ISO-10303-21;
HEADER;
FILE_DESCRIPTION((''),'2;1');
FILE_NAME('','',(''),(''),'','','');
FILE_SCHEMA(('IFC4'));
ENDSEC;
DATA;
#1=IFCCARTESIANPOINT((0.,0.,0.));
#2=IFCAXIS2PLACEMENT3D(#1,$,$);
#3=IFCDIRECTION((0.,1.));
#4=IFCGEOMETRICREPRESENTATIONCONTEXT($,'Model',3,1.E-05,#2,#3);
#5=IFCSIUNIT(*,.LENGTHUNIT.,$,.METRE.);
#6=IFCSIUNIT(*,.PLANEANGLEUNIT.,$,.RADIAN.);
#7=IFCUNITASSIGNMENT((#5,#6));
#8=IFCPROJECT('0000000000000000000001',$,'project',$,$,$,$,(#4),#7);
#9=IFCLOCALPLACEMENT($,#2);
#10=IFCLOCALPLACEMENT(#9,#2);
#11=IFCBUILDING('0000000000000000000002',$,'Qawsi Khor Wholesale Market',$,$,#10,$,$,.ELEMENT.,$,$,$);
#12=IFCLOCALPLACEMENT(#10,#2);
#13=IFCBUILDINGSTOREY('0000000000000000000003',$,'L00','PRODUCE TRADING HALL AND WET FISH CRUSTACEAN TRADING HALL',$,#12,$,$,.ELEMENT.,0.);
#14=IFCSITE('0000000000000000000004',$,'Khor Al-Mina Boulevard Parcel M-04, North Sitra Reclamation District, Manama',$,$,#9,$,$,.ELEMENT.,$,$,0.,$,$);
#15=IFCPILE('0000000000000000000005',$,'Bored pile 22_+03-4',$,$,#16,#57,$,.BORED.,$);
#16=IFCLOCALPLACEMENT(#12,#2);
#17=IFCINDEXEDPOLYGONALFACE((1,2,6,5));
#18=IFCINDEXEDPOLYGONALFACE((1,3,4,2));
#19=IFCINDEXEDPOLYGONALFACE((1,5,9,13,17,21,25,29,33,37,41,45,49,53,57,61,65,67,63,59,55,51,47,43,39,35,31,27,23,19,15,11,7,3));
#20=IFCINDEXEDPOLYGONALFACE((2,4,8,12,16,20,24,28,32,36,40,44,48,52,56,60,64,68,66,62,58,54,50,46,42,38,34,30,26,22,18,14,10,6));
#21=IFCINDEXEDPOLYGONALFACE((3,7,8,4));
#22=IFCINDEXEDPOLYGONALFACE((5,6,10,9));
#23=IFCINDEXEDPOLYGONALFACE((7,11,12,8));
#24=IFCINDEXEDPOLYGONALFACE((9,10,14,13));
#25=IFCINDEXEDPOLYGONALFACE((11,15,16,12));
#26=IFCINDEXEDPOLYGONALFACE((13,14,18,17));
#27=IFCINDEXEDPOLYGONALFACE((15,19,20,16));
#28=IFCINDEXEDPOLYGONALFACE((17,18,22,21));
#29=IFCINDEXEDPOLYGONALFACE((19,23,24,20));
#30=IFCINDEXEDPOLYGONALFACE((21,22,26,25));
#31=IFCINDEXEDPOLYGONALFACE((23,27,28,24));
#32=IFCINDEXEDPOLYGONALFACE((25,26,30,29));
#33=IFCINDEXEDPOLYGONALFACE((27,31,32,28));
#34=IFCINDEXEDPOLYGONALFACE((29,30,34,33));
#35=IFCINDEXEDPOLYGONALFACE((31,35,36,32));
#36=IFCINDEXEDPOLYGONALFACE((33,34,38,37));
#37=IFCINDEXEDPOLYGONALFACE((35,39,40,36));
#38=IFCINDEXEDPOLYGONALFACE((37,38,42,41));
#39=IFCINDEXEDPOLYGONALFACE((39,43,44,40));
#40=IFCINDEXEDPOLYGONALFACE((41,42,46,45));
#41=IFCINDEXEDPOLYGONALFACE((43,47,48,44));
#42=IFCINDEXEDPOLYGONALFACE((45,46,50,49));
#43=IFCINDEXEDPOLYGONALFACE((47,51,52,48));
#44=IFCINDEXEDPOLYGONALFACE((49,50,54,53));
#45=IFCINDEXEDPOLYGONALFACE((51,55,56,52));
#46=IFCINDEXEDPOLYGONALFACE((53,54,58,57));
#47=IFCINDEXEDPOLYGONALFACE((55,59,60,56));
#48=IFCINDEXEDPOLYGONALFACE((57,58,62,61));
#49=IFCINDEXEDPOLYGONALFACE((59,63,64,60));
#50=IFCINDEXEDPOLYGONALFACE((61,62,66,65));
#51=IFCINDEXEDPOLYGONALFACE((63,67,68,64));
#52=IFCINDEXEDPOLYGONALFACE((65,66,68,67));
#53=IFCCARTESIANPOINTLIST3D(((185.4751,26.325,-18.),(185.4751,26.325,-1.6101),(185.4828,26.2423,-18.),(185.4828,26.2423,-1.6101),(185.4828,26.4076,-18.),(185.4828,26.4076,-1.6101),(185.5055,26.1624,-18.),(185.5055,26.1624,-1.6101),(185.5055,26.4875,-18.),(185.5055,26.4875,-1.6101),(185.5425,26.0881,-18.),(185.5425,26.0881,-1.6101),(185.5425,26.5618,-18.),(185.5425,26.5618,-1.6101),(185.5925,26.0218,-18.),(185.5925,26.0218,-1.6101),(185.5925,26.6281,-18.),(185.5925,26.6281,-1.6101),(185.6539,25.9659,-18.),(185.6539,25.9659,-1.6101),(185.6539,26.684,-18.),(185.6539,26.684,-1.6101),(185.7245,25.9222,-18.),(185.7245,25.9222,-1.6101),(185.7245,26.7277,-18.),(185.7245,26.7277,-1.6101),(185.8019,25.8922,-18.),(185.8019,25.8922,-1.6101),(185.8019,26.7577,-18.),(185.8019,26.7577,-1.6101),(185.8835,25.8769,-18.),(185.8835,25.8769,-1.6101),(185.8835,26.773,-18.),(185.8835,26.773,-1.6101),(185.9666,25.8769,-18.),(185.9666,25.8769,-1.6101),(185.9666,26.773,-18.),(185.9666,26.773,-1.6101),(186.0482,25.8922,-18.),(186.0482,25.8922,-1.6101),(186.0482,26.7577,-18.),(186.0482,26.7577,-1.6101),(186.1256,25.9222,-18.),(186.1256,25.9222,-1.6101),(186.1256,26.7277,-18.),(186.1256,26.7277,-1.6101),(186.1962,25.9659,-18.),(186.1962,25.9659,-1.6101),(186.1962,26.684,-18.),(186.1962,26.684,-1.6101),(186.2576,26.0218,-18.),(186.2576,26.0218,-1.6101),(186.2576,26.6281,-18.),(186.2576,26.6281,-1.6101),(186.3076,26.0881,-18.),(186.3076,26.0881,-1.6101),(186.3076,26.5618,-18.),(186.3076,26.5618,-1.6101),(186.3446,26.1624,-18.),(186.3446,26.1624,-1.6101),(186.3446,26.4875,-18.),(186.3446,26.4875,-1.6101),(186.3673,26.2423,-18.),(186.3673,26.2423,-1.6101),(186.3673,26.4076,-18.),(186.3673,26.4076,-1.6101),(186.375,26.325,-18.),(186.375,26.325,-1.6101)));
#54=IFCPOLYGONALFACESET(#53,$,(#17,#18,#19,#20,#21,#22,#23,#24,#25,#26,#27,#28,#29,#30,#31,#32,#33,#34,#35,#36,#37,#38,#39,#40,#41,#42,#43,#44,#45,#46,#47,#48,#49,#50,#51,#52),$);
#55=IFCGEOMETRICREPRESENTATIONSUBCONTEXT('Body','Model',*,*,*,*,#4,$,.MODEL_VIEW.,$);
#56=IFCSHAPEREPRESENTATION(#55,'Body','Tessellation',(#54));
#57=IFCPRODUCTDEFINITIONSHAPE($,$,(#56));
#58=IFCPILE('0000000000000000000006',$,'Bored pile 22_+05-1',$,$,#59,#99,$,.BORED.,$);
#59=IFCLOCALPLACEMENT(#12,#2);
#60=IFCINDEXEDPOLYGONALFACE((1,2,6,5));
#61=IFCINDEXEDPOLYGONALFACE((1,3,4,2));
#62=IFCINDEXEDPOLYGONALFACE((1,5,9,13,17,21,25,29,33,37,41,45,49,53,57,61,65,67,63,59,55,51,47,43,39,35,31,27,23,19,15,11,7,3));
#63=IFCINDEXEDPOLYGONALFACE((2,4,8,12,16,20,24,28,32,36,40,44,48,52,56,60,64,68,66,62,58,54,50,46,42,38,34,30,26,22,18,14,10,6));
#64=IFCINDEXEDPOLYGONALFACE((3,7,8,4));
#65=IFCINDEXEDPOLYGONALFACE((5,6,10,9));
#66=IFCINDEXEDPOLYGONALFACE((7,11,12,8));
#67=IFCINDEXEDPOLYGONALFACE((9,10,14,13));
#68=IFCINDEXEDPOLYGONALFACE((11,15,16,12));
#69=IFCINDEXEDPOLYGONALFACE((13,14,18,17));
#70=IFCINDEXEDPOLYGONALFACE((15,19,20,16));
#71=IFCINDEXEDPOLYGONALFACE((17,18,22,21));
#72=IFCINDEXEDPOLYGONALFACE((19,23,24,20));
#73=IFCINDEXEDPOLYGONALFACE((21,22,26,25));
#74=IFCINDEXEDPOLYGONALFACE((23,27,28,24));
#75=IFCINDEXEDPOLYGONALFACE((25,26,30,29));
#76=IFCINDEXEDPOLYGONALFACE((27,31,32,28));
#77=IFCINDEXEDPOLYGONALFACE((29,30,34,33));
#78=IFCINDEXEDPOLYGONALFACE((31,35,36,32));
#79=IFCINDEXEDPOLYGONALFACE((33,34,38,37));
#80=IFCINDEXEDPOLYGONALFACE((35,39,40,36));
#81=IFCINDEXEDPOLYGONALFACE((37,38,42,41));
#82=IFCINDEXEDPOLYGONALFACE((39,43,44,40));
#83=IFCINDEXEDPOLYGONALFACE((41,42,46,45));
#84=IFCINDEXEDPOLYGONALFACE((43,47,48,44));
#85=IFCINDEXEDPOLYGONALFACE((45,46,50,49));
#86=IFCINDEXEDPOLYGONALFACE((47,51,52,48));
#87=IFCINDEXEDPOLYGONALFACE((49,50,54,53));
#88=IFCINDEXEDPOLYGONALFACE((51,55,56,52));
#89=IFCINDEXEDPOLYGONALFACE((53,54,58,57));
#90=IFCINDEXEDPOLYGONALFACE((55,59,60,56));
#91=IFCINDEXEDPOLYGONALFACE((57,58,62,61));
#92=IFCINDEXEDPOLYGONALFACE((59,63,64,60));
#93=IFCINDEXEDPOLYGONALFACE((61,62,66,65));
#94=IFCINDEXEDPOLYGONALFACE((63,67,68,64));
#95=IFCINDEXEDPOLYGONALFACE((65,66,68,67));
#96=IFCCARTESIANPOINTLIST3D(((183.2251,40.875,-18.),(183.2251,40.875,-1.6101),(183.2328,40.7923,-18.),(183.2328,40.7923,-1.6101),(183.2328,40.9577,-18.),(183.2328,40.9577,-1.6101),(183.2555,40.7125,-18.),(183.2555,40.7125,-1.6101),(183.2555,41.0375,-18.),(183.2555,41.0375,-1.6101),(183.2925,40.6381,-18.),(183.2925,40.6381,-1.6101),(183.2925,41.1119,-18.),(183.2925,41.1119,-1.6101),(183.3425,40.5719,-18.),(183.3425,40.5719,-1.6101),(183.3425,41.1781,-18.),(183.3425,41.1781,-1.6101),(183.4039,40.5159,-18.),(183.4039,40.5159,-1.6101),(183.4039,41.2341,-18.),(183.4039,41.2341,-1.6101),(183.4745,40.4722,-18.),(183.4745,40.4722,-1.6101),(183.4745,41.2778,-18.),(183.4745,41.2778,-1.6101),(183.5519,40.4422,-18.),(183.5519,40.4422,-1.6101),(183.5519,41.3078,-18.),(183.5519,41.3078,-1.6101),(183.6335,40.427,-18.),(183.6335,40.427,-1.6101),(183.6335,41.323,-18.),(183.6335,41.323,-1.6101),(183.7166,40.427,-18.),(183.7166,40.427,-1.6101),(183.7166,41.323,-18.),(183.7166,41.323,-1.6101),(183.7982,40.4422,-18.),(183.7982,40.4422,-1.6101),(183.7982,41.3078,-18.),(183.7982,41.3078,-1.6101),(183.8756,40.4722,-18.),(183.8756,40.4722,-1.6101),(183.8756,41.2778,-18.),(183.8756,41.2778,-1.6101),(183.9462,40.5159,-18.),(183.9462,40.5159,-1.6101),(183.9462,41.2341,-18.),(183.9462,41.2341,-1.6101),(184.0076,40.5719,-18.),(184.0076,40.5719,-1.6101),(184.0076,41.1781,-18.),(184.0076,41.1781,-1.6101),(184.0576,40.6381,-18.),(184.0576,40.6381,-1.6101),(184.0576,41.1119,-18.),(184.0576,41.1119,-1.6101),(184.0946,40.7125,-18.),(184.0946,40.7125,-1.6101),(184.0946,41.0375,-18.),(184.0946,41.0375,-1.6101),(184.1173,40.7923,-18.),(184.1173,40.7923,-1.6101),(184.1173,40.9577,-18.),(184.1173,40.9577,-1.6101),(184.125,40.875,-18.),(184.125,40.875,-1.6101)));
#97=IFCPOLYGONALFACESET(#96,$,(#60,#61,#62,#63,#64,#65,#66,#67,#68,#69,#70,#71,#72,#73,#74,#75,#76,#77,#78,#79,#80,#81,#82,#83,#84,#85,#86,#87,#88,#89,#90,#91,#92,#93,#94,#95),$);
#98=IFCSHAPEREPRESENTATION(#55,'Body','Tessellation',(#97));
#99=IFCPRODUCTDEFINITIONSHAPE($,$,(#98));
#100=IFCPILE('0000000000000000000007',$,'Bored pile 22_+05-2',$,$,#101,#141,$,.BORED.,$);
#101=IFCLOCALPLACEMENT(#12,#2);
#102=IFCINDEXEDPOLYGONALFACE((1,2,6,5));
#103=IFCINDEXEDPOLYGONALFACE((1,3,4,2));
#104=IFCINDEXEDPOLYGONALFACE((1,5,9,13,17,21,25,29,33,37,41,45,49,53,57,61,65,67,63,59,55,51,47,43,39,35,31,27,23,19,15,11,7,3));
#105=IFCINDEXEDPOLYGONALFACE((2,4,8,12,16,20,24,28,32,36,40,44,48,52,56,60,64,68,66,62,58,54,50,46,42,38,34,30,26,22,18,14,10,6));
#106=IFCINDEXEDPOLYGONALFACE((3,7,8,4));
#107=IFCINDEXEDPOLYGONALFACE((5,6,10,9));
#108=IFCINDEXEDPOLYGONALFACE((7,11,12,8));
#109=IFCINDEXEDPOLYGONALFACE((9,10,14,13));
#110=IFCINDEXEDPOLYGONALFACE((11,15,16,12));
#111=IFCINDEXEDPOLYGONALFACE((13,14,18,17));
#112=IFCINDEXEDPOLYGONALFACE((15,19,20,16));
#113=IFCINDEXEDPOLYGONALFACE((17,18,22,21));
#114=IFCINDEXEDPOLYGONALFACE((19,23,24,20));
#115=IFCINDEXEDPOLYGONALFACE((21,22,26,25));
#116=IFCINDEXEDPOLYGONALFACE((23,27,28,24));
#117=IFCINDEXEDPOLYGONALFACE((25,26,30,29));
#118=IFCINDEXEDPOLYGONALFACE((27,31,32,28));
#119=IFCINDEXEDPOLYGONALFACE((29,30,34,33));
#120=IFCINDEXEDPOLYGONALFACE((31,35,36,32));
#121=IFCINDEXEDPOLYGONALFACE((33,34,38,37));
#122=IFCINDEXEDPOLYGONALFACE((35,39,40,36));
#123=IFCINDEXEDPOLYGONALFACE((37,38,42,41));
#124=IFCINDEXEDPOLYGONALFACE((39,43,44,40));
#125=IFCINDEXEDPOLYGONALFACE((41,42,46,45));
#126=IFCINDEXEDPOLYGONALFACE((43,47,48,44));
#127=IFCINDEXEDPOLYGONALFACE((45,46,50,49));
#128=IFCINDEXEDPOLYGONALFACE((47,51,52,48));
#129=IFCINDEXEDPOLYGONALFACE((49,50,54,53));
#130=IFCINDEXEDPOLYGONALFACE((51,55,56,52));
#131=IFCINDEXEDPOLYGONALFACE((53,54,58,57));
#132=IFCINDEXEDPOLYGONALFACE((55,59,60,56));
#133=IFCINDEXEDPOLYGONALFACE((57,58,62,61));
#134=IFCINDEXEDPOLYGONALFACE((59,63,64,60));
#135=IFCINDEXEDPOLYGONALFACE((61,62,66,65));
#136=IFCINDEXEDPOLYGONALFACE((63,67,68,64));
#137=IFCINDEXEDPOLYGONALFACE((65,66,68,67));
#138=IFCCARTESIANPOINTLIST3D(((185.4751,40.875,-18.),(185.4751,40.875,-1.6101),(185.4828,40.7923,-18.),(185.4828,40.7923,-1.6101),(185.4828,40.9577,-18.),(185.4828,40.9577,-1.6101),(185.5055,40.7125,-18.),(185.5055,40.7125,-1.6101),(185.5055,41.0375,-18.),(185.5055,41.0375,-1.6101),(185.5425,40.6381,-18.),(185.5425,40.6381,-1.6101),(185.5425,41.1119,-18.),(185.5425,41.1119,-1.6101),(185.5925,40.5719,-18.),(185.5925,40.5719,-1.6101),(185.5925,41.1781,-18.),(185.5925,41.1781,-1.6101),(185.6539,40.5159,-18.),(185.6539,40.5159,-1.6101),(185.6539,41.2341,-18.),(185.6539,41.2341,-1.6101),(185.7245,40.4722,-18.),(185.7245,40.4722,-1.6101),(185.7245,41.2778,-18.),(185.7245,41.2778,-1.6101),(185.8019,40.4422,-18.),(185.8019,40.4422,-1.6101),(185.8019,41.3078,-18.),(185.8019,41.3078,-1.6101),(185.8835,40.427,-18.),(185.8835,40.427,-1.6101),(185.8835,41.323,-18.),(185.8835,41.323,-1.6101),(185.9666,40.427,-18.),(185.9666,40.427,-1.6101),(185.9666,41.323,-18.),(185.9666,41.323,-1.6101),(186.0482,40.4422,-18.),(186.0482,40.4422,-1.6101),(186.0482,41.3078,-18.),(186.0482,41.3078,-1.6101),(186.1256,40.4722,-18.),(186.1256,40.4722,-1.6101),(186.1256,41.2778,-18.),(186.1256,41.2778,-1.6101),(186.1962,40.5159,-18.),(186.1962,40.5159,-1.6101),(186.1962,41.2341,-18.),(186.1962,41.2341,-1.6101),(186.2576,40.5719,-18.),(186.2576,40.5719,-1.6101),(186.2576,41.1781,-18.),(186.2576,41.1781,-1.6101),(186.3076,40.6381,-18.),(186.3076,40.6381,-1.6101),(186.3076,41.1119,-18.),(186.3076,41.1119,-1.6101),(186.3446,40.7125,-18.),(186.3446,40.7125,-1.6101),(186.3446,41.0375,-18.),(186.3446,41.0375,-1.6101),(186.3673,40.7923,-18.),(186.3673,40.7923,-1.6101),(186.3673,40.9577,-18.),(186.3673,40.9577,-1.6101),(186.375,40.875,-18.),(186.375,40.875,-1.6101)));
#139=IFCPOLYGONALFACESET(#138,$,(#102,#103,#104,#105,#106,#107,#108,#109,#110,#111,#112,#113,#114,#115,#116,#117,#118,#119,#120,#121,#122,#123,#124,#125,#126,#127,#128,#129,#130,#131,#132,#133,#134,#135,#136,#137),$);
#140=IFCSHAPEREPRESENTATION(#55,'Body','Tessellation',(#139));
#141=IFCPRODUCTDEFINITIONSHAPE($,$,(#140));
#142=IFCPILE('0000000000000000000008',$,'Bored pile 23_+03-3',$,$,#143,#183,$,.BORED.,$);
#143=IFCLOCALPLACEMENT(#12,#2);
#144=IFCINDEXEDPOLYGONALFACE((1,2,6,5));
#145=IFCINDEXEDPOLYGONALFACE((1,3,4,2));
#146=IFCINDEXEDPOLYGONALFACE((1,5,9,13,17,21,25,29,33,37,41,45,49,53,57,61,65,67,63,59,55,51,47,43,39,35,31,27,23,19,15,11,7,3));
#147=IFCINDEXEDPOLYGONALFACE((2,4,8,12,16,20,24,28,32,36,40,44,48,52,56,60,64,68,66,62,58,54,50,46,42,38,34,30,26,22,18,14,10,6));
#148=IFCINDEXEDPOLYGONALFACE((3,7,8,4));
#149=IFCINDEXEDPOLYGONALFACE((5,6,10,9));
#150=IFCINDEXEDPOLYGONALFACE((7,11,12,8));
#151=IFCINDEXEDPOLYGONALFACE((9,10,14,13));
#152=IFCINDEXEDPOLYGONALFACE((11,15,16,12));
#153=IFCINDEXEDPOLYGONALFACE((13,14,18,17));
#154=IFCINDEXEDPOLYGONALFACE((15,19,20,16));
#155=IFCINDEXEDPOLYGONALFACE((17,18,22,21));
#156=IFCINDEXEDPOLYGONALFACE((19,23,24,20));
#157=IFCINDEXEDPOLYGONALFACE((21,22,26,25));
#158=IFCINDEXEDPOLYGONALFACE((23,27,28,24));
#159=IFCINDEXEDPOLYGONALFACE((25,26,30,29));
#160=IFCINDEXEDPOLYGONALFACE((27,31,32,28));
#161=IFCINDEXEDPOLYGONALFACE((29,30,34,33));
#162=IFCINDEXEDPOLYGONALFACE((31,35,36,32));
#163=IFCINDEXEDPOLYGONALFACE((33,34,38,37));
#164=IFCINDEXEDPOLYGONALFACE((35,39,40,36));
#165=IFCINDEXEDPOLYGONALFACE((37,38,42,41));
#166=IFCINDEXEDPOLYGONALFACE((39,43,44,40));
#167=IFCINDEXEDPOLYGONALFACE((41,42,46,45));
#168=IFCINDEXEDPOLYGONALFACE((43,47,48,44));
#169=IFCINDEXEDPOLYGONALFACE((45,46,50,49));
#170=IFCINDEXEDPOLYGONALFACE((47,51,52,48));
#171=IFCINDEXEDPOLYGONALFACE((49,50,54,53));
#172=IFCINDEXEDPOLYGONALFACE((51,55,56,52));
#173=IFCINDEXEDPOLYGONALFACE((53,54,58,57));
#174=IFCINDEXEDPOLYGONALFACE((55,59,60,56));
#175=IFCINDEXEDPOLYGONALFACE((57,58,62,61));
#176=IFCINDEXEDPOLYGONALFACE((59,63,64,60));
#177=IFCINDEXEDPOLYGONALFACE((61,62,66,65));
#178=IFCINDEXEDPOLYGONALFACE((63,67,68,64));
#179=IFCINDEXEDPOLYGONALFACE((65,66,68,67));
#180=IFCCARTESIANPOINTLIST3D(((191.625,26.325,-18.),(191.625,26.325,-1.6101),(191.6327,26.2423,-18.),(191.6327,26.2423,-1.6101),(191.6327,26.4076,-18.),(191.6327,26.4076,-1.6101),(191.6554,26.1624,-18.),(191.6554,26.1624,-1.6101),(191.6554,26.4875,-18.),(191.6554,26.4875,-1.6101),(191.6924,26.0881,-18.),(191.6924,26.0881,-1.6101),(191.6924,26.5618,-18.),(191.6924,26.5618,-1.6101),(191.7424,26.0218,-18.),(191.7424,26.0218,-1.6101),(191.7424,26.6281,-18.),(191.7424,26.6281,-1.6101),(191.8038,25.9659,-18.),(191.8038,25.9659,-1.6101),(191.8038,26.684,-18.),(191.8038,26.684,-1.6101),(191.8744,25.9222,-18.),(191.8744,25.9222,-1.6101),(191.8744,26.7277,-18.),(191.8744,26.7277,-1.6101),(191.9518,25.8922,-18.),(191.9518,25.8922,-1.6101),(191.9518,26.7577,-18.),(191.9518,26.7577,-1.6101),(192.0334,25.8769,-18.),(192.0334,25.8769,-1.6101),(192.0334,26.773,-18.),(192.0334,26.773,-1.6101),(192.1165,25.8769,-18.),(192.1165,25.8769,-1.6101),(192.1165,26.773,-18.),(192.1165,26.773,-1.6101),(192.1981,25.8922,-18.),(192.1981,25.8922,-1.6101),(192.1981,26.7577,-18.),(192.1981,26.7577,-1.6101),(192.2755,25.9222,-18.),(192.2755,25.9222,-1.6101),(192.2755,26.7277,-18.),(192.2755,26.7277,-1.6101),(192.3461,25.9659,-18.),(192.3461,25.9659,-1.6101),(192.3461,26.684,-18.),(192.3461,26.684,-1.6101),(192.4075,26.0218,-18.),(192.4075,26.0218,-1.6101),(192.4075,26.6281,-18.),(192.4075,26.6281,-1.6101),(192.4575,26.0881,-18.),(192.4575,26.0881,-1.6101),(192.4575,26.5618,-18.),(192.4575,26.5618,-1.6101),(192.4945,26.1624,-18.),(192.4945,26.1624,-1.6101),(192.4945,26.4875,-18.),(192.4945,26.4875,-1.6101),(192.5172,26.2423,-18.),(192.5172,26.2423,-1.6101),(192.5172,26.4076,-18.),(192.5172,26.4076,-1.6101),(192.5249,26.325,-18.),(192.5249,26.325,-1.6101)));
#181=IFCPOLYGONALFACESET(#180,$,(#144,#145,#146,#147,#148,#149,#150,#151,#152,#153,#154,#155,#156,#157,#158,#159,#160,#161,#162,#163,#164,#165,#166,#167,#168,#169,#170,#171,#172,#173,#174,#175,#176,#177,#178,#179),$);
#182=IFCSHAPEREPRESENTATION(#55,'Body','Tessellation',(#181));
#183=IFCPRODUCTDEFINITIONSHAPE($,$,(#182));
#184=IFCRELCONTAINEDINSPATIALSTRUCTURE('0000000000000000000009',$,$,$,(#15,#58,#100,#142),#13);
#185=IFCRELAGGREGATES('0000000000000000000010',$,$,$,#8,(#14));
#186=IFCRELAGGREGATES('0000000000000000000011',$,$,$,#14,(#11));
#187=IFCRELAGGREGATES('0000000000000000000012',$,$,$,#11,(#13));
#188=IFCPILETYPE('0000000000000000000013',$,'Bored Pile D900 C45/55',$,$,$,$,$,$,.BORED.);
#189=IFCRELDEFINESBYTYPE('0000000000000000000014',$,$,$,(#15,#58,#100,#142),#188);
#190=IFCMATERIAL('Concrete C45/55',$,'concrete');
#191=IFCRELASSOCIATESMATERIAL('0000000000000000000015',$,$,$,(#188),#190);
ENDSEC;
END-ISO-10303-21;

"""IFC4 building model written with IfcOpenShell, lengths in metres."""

from ifc_helpers import new_model, si_unit, direction, frame, origin, origin_2d, place, context, subcontext, project, spatial, circle, extrude, material, material_profile, profile_set, type_object, element, save


model = new_model("IFC4")

# Units and contexts
model_context = context("Model", 3, precision=1e-05, world=origin(), true_north=direction((0.0, 1.0)))
body_context = subcontext(model_context, "Body", "Model", "MODEL_VIEW")
ifc_project = project(units=[si_unit("LENGTHUNIT", "METRE"), si_unit("PLANEANGLEUNIT", "RADIAN")], contexts=[model_context])

# Site, building, storey
site_placement = place(None, origin())
site = spatial("IfcSite", under=ifc_project, at=site_placement, Name="Khor Al-Mina Boulevard Parcel M-04, North Sitra Reclamation District, Manama", CompositionType="ELEMENT", RefElevation=0.0)
building_placement = place(site_placement, origin())
building = spatial("IfcBuilding", under=site, at=building_placement, Name="Qawsi Khor Wholesale Market", CompositionType="ELEMENT")
storey_placement = place(building_placement, origin())
storey = spatial("IfcBuildingStorey", under=building, at=storey_placement, Name="L00", Description="PRODUCE TRADING HALL AND WET FISH CRUSTACEAN TRADING HALL", CompositionType="ELEMENT", Elevation=0.0)

# Piles
ifc_material_1 = material(Name="Concrete C45/55", Category="concrete")
ifc_material_profile_1 = material_profile(ifc_material_1, circle(Radius=0.45, at=origin_2d()), Name="PILE D900")
ifc_profile_set_1 = profile_set([ifc_material_profile_1], Name="Concrete C45/55")
pile_type = type_object("IfcPileType", Name="Bored Pile D900 C45/55", PredefinedType="BORED", material=ifc_profile_set_1)
for number, where, z_axis, x_axis, name in (
    (1, (185.925, 26.325, -1.6101), (0.0, 0.0, -1.0), (1.0, 0.0, 0.0), "Bored pile 22_+03-4"),
    (2, (183.675, 40.875, -1.6101), (0.0, 0.0, -1.0), (1.0, 0.0, 0.0), "Bored pile 22_+05-1"),
    (3, (185.925, 40.875, -1.6101), (0.0, 0.0, -1.0), (1.0, 0.0, 0.0), "Bored pile 22_+05-2"),
    (4, (192.075, 26.325, -1.6101), (0.0, 0.0, -1.0), (1.0, 0.0, 0.0), "Bored pile 23_+03-3"),
):
    element("IfcPile", number, at=place(storey_placement, frame(where, z_axis=z_axis, x_axis=x_axis)), inside=storey, type_object=pile_type, Name=name, PredefinedType="BORED", context=body_context, shape_type="SweptSolid", body=[
        extrude(circle(Radius=0.45, at=origin_2d()), origin(), (0.0, 0.0, 1.0), 16.3899),
    ])

save(model, "model.ifc")
